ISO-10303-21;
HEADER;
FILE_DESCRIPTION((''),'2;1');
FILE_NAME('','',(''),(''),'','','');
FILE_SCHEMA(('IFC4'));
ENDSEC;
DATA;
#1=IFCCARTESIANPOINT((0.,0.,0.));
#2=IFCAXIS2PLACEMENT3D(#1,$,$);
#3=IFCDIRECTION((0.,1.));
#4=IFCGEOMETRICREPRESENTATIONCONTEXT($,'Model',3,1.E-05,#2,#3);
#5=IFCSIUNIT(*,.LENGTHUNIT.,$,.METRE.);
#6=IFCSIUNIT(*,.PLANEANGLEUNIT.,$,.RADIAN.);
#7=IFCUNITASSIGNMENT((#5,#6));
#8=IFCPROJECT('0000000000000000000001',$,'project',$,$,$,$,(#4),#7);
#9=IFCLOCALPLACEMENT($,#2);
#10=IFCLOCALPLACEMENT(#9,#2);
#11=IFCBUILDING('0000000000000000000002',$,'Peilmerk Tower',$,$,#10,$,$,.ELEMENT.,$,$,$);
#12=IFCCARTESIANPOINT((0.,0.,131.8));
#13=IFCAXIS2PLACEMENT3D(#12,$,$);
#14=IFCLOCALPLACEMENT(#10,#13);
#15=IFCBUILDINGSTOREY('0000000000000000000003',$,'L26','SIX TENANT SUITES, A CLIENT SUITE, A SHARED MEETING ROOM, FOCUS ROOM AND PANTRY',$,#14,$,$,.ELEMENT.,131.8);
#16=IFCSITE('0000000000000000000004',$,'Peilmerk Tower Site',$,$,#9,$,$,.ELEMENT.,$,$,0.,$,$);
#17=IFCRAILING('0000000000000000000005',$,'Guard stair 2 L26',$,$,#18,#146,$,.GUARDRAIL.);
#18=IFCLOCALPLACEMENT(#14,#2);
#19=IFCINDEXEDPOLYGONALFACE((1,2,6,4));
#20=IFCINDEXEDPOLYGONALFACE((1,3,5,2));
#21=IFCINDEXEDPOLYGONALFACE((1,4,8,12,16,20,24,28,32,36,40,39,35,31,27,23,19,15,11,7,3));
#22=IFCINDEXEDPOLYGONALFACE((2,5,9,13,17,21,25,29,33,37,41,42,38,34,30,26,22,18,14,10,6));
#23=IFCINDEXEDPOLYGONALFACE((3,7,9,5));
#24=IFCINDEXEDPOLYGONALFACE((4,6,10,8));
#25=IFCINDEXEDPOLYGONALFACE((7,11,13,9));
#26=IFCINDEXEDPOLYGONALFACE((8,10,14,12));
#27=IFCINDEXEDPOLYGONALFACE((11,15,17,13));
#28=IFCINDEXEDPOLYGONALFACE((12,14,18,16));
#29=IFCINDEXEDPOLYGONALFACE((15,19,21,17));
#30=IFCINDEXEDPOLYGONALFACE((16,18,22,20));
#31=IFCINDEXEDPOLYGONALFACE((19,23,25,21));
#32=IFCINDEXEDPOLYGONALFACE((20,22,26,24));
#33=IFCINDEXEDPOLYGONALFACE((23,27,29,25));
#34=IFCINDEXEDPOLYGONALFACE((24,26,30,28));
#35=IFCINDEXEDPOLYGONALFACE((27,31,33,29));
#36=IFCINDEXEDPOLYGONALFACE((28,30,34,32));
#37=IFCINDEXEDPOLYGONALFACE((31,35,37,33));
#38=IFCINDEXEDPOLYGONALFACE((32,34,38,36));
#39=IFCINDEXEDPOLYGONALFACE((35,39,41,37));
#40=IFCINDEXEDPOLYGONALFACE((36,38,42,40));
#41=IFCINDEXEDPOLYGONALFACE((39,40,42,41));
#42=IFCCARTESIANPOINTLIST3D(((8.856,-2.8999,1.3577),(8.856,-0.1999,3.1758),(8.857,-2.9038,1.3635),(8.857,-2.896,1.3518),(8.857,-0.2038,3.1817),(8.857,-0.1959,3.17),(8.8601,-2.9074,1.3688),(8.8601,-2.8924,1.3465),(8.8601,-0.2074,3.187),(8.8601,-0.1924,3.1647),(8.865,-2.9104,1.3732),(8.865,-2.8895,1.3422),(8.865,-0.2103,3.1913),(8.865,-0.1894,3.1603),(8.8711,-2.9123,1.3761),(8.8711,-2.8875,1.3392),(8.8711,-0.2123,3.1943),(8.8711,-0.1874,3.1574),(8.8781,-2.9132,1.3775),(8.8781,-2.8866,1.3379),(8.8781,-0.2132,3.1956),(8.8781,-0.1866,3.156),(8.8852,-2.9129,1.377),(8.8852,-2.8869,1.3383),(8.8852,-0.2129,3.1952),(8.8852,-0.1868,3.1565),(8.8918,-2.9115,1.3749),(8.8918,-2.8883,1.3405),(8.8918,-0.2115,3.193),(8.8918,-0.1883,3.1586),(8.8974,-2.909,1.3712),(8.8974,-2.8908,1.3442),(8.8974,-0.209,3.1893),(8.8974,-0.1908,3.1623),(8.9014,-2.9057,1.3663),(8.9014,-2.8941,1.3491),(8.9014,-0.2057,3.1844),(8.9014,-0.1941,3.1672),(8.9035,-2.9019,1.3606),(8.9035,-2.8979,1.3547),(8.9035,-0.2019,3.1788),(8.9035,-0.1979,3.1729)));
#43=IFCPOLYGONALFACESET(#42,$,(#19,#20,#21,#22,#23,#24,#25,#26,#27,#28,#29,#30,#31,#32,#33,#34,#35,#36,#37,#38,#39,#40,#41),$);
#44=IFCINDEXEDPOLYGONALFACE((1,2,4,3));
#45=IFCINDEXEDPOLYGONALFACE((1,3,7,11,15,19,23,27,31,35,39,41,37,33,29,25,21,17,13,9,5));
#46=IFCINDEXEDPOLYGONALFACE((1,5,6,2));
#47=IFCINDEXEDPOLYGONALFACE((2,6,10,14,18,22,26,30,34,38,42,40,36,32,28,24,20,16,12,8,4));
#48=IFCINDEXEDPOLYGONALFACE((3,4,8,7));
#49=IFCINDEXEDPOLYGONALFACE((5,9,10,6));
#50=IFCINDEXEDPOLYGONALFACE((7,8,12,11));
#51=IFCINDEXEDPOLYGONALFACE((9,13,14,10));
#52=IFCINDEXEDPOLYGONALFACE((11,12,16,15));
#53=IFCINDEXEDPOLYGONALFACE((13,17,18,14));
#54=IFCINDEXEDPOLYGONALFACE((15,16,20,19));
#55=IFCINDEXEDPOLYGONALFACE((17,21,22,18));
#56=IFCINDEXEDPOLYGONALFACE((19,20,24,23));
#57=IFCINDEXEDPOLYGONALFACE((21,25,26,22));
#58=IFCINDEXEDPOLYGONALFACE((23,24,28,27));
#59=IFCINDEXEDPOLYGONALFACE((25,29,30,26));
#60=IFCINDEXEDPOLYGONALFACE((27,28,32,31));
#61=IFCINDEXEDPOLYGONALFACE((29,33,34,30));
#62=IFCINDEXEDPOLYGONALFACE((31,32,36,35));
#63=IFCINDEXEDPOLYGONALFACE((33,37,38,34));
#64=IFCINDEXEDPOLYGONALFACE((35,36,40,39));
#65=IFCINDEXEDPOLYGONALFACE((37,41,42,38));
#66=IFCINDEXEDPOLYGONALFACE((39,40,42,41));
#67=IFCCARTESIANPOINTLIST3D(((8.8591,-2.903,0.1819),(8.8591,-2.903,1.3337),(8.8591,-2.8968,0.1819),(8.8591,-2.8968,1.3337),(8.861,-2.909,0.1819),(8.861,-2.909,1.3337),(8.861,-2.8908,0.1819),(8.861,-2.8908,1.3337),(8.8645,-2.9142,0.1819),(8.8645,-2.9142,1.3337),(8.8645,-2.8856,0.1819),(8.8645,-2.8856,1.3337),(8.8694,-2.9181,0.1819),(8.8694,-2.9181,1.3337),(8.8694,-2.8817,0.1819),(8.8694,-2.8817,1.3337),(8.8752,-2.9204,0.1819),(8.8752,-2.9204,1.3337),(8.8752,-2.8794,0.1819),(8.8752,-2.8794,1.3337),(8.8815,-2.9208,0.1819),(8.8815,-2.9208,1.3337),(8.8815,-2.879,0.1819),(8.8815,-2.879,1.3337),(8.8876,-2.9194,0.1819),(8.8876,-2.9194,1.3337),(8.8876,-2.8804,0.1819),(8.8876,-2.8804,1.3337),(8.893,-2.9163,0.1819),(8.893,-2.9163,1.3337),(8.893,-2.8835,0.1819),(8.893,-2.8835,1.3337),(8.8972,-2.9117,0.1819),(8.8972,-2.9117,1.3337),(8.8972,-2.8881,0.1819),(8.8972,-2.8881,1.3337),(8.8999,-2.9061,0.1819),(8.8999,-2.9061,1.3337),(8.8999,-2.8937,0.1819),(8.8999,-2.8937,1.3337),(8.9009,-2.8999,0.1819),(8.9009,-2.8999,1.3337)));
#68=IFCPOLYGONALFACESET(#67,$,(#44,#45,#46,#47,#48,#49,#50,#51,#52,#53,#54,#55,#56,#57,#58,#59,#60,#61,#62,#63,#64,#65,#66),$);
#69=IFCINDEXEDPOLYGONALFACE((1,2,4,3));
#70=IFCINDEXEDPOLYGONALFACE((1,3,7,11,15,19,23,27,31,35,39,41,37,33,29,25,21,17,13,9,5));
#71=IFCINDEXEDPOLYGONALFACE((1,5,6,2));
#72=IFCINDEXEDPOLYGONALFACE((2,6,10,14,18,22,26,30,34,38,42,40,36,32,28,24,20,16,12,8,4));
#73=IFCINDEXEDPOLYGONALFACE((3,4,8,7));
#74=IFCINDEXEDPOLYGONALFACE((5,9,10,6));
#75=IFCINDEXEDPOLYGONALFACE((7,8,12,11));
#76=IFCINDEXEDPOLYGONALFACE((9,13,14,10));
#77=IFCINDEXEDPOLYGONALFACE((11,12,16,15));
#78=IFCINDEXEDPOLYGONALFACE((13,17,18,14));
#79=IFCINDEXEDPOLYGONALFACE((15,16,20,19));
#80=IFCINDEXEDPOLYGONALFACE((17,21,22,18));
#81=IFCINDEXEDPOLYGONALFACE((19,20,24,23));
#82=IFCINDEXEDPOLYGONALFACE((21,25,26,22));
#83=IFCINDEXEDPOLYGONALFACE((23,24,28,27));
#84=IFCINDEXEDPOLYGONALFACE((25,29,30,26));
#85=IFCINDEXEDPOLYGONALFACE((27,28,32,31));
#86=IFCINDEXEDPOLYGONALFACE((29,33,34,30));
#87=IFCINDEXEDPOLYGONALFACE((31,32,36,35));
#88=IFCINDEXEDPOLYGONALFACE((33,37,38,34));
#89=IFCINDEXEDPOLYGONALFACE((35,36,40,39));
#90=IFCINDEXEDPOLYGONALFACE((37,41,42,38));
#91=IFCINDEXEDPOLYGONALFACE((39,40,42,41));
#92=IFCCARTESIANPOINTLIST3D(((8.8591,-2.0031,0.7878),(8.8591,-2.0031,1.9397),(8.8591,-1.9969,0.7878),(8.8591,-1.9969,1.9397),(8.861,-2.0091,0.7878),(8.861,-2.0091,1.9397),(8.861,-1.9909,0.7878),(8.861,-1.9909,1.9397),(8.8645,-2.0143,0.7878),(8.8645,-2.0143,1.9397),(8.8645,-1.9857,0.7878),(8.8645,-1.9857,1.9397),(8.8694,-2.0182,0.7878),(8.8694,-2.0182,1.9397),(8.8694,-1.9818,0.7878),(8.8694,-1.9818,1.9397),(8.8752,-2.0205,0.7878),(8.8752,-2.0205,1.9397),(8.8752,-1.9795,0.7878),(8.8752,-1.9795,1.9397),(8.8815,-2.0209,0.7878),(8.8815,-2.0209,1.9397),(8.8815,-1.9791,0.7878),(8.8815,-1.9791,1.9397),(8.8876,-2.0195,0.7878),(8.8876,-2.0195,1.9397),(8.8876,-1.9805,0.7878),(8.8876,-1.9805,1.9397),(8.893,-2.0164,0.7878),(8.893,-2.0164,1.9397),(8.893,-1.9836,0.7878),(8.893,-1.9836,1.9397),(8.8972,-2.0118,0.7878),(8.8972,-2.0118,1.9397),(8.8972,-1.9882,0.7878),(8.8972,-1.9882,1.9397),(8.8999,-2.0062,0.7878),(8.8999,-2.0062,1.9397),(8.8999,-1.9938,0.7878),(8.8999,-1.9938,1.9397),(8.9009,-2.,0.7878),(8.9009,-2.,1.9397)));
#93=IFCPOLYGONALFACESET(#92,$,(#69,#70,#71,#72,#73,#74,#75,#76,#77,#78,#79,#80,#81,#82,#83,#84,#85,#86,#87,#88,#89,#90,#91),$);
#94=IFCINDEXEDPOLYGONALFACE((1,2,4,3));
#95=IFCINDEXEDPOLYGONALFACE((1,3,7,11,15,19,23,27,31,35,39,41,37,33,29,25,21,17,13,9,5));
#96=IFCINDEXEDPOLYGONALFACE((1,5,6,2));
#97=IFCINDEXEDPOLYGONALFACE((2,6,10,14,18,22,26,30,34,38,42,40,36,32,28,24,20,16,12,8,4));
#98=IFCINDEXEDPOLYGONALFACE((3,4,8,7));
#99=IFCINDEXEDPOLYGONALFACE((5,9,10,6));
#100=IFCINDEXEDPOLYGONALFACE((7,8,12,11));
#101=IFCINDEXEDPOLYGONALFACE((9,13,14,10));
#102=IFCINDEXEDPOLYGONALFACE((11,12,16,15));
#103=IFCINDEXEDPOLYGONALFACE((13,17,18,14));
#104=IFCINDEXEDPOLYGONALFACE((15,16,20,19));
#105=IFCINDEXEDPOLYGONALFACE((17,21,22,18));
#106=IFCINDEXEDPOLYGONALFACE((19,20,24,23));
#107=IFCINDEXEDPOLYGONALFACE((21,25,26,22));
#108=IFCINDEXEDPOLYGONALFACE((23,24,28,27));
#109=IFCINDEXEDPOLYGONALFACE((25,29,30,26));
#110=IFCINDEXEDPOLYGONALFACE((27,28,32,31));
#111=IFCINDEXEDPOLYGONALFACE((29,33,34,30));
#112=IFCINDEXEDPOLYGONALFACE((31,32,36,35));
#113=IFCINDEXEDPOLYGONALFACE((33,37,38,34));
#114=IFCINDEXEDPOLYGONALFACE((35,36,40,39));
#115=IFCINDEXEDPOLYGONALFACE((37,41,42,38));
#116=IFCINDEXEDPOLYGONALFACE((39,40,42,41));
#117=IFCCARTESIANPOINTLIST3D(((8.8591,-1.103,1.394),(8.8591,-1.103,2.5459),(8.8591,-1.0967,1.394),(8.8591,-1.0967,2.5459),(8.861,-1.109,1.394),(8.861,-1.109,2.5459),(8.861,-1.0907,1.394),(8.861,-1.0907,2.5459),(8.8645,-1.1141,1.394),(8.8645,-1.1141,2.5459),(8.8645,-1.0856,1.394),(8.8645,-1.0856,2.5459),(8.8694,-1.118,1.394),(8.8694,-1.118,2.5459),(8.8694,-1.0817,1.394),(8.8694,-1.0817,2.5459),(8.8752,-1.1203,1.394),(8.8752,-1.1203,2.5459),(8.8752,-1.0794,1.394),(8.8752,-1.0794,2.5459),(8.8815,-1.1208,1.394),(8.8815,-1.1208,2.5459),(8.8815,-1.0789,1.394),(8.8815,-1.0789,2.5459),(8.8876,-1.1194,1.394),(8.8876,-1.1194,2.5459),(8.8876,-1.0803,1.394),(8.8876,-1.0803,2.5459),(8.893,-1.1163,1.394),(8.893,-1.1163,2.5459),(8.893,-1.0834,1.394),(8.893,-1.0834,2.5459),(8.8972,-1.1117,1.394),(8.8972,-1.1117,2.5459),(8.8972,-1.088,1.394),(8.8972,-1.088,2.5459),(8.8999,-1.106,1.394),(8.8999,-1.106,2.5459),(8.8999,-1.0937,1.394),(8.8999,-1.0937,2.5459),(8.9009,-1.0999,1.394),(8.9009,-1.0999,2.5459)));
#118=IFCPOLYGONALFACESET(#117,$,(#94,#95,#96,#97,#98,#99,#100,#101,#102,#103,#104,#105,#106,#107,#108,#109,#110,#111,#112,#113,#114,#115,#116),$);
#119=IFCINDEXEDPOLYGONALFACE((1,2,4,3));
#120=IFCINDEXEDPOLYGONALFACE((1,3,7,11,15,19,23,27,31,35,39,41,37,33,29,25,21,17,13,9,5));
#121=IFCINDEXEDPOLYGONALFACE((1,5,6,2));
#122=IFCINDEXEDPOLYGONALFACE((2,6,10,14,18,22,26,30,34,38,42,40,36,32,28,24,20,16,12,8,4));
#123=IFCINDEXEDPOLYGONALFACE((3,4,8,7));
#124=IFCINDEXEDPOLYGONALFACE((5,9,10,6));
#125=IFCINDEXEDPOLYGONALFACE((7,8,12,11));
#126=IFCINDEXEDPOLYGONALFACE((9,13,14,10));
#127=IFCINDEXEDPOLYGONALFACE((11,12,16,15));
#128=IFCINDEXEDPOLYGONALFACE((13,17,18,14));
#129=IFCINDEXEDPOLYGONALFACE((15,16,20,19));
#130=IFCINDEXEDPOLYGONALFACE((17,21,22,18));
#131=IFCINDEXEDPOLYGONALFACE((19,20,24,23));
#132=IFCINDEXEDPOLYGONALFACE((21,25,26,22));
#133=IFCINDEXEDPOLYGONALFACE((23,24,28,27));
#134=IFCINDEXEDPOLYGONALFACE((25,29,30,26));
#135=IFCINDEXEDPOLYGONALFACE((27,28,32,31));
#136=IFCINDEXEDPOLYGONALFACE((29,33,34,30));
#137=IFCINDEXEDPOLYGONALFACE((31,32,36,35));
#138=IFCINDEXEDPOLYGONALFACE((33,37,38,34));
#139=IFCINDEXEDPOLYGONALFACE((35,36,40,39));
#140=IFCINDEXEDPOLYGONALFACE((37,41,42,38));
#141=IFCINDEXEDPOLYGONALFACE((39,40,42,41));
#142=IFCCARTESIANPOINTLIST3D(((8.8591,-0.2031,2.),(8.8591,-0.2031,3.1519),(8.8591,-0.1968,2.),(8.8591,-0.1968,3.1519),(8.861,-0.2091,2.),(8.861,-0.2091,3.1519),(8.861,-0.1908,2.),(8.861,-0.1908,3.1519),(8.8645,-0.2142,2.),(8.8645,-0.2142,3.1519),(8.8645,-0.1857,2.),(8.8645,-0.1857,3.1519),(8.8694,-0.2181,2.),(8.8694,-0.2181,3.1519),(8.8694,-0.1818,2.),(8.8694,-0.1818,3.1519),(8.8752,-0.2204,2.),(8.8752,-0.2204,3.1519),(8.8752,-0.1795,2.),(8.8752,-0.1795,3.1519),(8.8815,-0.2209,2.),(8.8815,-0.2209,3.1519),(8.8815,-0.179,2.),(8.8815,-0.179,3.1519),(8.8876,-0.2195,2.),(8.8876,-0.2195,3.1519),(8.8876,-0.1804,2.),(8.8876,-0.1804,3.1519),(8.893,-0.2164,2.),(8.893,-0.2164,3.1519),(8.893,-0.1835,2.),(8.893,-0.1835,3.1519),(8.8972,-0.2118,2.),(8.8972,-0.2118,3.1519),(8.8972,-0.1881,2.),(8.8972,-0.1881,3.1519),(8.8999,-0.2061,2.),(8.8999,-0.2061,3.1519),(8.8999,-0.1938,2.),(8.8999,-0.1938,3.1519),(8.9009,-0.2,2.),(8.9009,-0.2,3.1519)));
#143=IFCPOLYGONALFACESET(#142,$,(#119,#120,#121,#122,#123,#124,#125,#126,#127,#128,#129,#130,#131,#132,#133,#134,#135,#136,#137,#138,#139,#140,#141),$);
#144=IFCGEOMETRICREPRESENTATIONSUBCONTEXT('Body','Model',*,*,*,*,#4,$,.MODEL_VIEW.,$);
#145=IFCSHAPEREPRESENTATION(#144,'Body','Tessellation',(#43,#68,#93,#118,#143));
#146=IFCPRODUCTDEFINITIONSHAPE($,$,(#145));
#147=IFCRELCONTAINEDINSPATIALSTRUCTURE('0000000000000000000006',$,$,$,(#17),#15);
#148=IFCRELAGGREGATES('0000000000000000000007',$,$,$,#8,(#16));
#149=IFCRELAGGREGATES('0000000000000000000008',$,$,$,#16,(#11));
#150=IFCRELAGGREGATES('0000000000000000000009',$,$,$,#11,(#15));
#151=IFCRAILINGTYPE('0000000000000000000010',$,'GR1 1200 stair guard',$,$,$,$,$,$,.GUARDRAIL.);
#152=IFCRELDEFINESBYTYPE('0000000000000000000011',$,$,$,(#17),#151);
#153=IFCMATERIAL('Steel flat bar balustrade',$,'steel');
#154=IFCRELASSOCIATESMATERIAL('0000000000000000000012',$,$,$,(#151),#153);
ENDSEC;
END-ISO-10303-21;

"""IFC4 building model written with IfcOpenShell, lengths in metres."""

from ifc_helpers import new_model, si_unit, direction, frame, origin, origin_2d, place, context, subcontext, project, spatial, circle, extrude, material, type_object, element, save


model = new_model("IFC4")

# Units and contexts
model_context = context("Model", 3, precision=1e-05, world=origin(), true_north=direction((0.0, 1.0)))
body_context = subcontext(model_context, "Body", "Model", "MODEL_VIEW")
ifc_project = project(units=[si_unit("LENGTHUNIT", "METRE"), si_unit("PLANEANGLEUNIT", "RADIAN")], contexts=[model_context])

# Site, building, storey
site_placement = place(None, origin())
site = spatial("IfcSite", under=ifc_project, at=site_placement, Name="Peilmerk Tower Site", CompositionType="ELEMENT", RefElevation=0.0)
building_placement = place(site_placement, origin())
building = spatial("IfcBuilding", under=site, at=building_placement, Name="Peilmerk Tower", CompositionType="ELEMENT")
storey_placement = place(building_placement, frame((0.0, 0.0, 131.8)))
storey = spatial("IfcBuildingStorey", under=building, at=storey_placement, Name="L26", Description="SIX TENANT SUITES, A CLIENT SUITE, A SHARED MEETING ROOM, FOCUS ROOM AND PANTRY", CompositionType="ELEMENT", Elevation=131.8)

# Railing
ifc_material_1 = material(Name="Steel flat bar balustrade", Category="steel")
railing_type_1 = type_object("IfcRailingType", Name="GR1 1200 stair guard", PredefinedType="GUARDRAIL", material=ifc_material_1)
railing_1_placement = place(storey_placement, frame((8.8799, -2.8999, 0.1819)))
element("IfcRailing", 1, at=railing_1_placement, inside=storey, type_object=railing_type_1, Name="Guard stair 2 L26", PredefinedType="GUARDRAIL", context=body_context, shape_type="SweptSolid", body=[
    extrude(circle(Radius=0.0239, at=origin_2d()), frame((0.0, 0.0, 1.1758), z_axis=(0.0, 0.829468, 0.558554), x_axis=(-1.0, 0.0, 0.0)), (0.0, 0.0, 1.0), 3.2551),
    extrude(circle(Radius=0.021, at=origin_2d()), origin(), (0.0, 0.0, 1.0), 1.1519),
    extrude(circle(Radius=0.021, at=origin_2d()), frame((0.0, 0.8999, 0.606)), (0.0, 0.0, 1.0), 1.1519),
    extrude(circle(Radius=0.021, at=origin_2d()), frame((0.0, 1.8, 1.2122)), (0.0, 0.0, 1.0), 1.1519),
    extrude(circle(Radius=0.021, at=origin_2d()), frame((0.0, 2.7, 1.8181)), (0.0, 0.0, 1.0), 1.1519),
])

save(model, "model.ifc")
